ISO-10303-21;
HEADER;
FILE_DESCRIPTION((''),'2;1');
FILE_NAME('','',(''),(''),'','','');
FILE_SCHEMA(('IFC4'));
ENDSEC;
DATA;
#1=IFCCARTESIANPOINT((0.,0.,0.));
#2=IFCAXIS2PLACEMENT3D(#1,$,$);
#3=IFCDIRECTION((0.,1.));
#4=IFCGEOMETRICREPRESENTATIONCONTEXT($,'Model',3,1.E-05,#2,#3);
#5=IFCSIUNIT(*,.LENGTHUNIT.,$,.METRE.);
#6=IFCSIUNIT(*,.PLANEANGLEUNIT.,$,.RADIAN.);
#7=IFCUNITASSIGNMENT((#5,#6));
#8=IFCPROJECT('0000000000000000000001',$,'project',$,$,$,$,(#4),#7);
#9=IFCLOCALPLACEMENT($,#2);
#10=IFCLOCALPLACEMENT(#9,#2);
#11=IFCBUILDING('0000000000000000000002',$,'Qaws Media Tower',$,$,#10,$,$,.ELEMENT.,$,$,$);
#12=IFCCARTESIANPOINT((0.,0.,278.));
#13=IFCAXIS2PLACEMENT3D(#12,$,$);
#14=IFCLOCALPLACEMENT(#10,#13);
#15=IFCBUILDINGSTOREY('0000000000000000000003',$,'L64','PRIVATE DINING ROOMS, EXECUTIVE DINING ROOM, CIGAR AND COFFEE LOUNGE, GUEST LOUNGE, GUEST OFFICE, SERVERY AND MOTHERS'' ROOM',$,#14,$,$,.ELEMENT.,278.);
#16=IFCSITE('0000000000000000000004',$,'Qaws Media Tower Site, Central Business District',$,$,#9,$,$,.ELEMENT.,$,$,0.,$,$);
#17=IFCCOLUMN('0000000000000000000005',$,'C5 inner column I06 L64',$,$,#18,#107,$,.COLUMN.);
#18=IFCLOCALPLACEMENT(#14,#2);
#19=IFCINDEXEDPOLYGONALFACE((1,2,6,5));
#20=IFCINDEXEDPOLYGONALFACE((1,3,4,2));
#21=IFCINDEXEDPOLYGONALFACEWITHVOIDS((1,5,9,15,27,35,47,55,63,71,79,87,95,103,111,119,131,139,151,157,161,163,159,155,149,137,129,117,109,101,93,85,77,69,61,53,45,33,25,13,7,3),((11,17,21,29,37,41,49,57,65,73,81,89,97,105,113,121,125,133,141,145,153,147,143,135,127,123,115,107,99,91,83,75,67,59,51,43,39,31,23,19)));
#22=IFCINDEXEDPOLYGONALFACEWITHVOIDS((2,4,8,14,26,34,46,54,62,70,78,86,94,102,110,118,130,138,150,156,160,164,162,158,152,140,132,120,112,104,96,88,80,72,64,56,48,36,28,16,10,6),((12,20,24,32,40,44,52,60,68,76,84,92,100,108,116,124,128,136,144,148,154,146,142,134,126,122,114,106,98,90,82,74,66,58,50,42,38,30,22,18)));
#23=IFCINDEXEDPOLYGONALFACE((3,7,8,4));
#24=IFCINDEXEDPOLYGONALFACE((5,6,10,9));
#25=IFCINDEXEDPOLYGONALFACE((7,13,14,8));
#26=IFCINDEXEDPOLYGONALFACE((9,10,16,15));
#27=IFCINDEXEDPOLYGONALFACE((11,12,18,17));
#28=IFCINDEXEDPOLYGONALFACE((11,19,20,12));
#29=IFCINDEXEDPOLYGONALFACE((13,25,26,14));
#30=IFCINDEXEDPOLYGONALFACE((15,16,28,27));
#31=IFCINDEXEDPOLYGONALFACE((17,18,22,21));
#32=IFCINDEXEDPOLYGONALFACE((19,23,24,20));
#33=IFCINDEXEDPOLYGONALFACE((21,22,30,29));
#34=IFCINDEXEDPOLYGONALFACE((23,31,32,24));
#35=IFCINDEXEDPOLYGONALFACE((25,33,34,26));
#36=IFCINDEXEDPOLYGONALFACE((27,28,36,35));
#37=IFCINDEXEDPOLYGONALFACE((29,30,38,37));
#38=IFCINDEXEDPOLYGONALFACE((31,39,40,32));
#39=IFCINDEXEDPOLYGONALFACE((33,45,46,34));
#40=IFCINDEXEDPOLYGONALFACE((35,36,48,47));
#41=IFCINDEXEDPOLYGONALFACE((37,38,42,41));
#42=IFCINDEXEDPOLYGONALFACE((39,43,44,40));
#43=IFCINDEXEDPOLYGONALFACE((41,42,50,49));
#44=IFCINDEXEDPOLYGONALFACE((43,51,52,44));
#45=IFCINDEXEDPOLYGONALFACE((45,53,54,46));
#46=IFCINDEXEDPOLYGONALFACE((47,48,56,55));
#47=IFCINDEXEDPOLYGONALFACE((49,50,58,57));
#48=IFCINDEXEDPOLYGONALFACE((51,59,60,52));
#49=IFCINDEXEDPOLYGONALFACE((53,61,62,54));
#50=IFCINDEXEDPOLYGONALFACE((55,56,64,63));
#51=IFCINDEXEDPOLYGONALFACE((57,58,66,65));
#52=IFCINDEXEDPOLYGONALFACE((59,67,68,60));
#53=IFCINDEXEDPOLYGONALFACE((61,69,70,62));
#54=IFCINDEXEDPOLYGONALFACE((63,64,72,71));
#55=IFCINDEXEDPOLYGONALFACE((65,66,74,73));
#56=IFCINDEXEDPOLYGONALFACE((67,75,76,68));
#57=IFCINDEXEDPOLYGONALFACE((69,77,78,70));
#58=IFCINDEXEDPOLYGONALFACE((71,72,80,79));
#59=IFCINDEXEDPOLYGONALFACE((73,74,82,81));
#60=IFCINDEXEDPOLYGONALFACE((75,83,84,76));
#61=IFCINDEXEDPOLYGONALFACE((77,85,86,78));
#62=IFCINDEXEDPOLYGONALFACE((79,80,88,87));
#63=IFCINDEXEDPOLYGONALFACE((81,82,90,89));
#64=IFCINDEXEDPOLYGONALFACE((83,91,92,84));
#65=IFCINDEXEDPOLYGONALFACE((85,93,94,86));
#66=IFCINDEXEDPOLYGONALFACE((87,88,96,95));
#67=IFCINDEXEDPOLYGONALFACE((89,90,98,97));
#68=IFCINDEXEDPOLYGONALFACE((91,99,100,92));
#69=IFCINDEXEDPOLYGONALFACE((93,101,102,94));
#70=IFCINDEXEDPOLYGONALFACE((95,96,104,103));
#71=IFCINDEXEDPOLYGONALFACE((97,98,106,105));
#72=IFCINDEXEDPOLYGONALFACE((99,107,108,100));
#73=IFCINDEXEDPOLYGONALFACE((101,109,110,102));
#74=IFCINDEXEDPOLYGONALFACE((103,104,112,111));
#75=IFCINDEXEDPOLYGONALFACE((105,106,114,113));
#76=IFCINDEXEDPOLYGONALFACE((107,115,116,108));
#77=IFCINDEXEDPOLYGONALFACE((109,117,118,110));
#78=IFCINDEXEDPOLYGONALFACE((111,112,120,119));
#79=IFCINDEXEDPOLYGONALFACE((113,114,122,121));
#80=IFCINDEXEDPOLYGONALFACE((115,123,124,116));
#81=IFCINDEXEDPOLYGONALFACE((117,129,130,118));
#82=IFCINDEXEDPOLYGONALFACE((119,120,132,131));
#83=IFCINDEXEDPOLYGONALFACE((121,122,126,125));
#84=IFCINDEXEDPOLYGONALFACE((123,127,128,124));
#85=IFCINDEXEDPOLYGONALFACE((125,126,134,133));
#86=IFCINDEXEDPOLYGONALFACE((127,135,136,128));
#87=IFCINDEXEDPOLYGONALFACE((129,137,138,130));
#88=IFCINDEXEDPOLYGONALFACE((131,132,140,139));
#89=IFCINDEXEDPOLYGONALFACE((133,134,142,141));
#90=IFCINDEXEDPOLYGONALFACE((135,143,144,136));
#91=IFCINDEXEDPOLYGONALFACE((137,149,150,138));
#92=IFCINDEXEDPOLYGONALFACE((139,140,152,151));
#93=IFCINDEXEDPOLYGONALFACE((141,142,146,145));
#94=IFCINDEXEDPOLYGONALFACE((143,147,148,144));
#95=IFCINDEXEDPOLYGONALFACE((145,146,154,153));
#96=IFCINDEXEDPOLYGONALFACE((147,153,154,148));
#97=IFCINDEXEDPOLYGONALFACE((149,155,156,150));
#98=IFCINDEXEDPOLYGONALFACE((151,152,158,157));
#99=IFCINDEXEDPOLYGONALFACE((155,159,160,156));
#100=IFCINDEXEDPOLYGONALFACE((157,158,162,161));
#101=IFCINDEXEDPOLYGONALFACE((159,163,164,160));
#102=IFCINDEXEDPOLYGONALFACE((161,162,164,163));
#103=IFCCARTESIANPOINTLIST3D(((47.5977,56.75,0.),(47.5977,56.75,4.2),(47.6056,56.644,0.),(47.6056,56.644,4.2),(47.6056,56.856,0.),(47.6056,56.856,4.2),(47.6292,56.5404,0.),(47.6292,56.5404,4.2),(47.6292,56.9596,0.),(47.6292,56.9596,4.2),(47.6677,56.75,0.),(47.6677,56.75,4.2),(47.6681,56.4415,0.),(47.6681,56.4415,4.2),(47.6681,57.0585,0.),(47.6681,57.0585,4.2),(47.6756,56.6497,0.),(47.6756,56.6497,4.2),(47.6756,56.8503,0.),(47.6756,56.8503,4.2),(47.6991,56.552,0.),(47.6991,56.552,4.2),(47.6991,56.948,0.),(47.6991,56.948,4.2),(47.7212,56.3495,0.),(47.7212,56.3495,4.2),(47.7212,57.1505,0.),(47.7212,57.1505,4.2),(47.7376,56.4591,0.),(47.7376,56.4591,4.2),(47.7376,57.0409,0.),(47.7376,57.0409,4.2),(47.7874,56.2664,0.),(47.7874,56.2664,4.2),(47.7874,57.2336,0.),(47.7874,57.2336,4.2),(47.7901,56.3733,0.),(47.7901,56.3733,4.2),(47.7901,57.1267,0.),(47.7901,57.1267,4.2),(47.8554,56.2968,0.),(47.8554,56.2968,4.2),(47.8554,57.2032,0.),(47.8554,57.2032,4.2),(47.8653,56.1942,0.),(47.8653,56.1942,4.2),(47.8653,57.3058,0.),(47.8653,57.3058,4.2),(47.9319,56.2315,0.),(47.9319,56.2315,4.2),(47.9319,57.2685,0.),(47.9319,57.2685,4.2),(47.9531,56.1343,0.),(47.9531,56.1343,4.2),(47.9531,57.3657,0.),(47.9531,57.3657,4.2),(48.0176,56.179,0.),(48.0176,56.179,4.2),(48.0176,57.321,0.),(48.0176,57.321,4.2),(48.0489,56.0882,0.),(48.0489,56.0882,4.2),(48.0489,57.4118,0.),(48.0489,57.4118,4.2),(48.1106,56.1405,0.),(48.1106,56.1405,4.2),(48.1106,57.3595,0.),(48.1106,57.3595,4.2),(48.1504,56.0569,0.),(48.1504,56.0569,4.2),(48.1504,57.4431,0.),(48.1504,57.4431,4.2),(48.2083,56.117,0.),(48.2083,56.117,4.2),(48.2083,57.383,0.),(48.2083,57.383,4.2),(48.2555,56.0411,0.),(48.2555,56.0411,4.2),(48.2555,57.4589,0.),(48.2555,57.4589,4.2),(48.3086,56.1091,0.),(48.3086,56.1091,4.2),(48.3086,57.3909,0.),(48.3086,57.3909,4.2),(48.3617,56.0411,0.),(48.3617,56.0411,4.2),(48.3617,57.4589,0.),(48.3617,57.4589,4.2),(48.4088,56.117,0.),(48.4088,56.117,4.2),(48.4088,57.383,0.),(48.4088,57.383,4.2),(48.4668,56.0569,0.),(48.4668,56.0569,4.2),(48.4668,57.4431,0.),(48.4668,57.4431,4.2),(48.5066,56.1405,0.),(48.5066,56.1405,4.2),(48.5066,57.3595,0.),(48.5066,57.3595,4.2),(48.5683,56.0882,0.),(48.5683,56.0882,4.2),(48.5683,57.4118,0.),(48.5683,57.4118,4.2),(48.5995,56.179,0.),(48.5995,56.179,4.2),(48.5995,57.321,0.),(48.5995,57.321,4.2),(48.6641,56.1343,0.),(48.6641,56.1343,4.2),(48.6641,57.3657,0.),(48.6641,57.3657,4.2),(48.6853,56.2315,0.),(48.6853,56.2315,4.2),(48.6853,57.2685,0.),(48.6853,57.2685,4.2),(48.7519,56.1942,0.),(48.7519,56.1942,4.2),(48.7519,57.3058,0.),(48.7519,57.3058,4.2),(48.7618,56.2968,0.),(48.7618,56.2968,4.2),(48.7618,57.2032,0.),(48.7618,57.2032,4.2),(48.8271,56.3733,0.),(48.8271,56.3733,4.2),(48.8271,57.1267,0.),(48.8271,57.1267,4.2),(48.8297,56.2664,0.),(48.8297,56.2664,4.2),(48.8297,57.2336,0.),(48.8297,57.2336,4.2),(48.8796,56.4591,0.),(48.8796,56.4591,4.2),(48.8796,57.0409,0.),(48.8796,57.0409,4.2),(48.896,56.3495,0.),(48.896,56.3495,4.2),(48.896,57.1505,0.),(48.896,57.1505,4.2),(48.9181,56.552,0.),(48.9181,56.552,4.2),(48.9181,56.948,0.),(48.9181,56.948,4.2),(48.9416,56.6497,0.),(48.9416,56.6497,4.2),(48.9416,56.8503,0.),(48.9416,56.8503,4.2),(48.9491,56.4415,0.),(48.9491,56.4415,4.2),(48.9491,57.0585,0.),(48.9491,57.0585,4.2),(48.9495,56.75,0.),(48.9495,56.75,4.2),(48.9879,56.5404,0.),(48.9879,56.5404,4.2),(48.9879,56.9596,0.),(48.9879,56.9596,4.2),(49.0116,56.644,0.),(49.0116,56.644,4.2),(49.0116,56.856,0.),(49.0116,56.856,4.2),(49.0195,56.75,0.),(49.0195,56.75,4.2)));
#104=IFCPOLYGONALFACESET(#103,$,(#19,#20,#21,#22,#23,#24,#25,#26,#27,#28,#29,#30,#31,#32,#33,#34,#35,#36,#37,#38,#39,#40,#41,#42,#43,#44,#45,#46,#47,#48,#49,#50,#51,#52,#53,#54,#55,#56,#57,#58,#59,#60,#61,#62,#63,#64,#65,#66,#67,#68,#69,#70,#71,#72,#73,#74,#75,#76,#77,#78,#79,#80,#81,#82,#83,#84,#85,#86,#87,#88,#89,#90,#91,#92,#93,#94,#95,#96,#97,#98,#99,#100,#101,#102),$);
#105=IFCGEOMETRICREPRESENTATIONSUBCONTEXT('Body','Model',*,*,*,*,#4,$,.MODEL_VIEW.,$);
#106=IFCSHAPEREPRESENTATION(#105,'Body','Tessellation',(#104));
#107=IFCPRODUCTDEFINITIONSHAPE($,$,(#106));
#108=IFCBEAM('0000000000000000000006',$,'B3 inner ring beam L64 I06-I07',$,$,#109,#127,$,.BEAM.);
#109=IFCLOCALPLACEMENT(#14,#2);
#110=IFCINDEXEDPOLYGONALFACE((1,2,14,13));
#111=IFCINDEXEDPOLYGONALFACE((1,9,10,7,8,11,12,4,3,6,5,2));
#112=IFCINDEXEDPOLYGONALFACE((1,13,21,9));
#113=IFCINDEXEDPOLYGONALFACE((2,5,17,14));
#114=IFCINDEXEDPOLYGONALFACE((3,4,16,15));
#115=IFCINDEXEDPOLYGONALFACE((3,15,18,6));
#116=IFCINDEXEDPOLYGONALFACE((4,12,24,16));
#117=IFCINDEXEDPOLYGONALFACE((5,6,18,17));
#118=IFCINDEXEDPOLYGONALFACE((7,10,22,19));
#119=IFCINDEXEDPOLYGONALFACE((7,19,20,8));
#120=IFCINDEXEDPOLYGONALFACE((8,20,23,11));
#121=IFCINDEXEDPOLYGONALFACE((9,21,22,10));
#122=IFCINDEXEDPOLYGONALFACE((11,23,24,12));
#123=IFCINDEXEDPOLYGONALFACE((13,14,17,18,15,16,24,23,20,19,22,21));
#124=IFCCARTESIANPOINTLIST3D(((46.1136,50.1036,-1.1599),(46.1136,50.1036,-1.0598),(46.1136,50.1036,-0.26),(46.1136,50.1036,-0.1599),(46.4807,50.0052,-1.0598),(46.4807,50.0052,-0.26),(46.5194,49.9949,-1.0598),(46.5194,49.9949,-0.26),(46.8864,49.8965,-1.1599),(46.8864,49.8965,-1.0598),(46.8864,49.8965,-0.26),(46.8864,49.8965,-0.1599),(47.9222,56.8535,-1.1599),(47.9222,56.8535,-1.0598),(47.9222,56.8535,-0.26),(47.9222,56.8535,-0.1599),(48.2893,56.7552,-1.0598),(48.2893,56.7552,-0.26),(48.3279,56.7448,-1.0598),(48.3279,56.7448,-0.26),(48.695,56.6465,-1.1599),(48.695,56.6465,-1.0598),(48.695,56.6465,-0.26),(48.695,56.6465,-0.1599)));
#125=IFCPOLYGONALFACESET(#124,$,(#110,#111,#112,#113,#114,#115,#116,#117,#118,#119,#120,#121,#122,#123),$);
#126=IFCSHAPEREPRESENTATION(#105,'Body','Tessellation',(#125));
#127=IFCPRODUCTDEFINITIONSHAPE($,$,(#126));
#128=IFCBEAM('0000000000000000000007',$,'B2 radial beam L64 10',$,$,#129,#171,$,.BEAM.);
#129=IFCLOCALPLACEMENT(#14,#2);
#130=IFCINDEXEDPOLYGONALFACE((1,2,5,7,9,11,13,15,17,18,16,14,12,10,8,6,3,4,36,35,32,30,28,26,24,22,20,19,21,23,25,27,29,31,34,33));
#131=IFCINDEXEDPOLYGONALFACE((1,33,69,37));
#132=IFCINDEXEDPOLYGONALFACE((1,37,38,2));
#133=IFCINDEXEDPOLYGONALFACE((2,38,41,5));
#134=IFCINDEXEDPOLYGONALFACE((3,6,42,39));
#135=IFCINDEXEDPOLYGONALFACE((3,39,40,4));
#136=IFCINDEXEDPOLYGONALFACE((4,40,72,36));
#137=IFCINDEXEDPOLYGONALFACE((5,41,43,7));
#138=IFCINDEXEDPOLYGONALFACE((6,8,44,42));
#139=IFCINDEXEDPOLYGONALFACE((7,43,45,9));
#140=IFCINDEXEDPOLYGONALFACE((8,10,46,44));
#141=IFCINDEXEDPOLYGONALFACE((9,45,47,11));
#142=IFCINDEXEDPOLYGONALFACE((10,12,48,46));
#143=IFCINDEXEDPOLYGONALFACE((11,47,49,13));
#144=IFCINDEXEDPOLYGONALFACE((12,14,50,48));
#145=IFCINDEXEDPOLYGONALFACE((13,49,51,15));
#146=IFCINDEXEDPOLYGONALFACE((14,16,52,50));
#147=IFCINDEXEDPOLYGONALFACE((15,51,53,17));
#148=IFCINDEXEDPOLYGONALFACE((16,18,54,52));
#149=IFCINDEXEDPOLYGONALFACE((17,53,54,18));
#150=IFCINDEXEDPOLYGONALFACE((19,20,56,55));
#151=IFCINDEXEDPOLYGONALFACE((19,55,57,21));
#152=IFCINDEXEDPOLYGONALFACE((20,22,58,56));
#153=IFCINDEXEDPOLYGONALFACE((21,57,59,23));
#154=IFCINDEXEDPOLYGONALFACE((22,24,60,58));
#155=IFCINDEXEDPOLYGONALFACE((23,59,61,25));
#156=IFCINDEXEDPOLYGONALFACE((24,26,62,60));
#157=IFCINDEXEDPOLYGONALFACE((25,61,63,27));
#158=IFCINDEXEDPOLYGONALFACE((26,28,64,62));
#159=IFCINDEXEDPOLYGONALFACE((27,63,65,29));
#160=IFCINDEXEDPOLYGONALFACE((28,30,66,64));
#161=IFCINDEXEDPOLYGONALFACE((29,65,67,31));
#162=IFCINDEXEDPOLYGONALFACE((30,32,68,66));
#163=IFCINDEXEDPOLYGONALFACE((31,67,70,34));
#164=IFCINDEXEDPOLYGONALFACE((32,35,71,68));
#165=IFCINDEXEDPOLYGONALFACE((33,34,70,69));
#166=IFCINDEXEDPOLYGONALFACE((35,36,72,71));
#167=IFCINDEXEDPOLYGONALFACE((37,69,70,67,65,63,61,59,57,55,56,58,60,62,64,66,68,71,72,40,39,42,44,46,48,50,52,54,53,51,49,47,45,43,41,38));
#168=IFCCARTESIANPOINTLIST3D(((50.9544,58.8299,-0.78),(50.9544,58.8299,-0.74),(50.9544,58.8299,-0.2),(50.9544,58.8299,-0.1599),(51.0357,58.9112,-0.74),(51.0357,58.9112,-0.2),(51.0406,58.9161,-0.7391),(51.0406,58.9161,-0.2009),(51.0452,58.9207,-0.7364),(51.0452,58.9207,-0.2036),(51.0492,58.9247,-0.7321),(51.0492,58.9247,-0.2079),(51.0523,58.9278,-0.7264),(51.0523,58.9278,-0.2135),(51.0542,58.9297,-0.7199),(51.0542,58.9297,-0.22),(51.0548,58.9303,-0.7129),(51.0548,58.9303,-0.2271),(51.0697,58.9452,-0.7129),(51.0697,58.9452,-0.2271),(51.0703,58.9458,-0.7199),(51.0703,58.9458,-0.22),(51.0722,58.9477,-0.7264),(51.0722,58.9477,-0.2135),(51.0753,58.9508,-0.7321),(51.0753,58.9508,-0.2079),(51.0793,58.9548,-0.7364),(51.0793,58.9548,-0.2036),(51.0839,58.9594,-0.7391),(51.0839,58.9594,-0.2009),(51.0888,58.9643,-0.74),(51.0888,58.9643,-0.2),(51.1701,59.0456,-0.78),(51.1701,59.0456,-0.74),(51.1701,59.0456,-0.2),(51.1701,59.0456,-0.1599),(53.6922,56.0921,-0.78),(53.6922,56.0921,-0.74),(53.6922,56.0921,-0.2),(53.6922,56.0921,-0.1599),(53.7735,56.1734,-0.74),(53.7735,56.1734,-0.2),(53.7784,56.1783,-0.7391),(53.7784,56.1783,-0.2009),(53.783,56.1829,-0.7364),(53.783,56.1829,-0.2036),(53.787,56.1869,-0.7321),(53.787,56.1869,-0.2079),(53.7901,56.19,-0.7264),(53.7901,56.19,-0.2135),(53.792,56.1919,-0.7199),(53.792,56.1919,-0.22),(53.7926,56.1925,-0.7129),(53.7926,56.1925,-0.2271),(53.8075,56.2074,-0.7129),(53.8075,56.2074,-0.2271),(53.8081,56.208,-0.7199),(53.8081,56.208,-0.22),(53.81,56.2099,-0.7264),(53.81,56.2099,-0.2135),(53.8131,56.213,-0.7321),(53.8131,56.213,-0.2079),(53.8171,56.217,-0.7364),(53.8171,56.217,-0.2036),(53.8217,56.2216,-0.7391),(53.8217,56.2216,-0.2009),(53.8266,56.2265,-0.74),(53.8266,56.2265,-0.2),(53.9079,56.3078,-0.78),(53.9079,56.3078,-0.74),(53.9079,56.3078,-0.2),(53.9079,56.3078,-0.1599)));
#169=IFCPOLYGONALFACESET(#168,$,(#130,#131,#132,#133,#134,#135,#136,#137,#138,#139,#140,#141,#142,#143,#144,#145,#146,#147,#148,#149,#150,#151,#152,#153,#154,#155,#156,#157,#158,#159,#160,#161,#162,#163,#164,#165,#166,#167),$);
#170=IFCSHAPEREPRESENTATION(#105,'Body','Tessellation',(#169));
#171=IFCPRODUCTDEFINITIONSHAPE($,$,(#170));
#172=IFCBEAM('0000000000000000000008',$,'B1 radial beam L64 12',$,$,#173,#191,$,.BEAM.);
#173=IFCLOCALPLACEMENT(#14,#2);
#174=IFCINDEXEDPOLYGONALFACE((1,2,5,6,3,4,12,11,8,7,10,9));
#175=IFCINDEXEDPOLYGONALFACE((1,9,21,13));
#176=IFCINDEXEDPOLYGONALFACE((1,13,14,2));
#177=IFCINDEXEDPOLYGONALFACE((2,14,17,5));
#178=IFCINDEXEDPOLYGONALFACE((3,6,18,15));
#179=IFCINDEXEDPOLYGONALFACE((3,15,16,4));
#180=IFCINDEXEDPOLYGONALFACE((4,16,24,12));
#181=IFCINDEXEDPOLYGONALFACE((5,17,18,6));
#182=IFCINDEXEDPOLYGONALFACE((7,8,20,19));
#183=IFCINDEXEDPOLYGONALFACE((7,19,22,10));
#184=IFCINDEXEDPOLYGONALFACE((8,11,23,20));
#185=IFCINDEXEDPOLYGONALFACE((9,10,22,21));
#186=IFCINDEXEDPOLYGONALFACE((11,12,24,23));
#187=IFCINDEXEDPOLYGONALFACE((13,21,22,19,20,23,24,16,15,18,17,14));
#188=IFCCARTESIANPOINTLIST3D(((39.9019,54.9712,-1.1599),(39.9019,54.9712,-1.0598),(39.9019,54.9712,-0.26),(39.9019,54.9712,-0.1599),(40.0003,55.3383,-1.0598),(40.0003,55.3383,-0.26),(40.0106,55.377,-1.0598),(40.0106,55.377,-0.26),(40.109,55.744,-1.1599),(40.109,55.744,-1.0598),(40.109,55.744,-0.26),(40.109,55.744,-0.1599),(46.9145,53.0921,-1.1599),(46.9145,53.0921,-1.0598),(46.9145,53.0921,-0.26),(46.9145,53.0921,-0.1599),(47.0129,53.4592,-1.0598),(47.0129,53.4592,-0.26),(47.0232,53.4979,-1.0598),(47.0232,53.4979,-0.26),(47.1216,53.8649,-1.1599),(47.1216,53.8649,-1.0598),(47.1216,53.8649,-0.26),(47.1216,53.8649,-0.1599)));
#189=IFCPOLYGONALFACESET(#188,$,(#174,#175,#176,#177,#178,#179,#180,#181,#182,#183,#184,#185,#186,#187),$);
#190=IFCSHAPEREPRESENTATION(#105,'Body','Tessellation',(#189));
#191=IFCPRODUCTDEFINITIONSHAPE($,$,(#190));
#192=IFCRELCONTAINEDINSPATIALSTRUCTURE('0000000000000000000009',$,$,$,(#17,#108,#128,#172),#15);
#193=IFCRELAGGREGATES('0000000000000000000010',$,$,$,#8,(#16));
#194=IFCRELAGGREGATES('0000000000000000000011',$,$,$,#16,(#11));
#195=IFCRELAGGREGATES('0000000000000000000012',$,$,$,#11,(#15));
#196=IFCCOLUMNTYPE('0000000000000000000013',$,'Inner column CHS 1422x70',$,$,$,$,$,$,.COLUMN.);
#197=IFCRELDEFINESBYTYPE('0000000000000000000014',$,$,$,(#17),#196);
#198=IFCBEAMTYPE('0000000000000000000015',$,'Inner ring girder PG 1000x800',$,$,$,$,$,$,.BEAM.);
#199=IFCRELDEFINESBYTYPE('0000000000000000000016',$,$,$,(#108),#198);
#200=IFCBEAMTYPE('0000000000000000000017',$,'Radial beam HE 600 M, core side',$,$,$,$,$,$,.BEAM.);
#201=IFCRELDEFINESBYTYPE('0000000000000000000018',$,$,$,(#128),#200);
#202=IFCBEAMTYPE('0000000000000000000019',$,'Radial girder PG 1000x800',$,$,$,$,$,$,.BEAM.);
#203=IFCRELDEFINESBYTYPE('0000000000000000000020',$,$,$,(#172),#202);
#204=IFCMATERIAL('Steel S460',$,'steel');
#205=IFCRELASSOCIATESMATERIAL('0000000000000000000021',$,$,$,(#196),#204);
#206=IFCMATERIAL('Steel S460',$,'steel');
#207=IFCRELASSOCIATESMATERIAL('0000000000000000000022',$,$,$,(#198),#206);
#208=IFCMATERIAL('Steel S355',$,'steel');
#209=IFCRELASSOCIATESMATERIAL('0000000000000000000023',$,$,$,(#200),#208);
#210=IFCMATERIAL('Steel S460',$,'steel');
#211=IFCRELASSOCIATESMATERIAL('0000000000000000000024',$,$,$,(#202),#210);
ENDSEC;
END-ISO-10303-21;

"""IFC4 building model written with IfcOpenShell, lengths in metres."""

from ifc_helpers import new_model, si_unit, direction, frame, origin, origin_2d, place, context, subcontext, project, spatial, hollow_circle, i_section, extrude, material, material_profile, profile_set, type_object, element, save


model = new_model("IFC4")

# Units and contexts
model_context = context("Model", 3, precision=1e-05, world=origin(), true_north=direction((0.0, 1.0)))
body_context = subcontext(model_context, "Body", "Model", "MODEL_VIEW")
ifc_project = project(units=[si_unit("LENGTHUNIT", "METRE"), si_unit("PLANEANGLEUNIT", "RADIAN")], contexts=[model_context])

# Site, building, storey
site_placement = place(None, origin())
site = spatial("IfcSite", under=ifc_project, at=site_placement, Name="Qaws Media Tower Site, Central Business District", CompositionType="ELEMENT", RefElevation=0.0)
building_placement = place(site_placement, origin())
building = spatial("IfcBuilding", under=site, at=building_placement, Name="Qaws Media Tower", CompositionType="ELEMENT")
storey_placement = place(building_placement, frame((0.0, 0.0, 278.0)))
storey = spatial("IfcBuildingStorey", under=building, at=storey_placement, Name="L64", Description="PRIVATE DINING ROOMS, EXECUTIVE DINING ROOM, CIGAR AND COFFEE LOUNGE, GUEST LOUNGE, GUEST OFFICE, SERVERY AND MOTHERS' ROOM", CompositionType="ELEMENT", Elevation=278.0)

# Column
ifc_material_1 = material(Name="Steel S460", Category="steel")
ifc_material_profile_1 = material_profile(ifc_material_1, hollow_circle(Radius=0.7109, WallThickness=0.0701, at=origin_2d()), Name="CHS 1422x70")
ifc_profile_set_1 = profile_set([ifc_material_profile_1], Name="Steel S460")
column_type = type_object("IfcColumnType", Name="Inner column CHS 1422x70", PredefinedType="COLUMN", material=ifc_profile_set_1)
column_placement = place(storey_placement, frame((48.3086, 56.75, 0.0), z_axis=(0.0, 0.0, 1.0), x_axis=(1.0, 0.0, 0.0)))
element("IfcColumn", 1, at=column_placement, inside=storey, type_object=column_type, Name="C5 inner column I06 L64", PredefinedType="COLUMN", context=body_context, shape_type="SweptSolid", body=[
    extrude(hollow_circle(Radius=0.7109, WallThickness=0.0701, at=origin_2d()), origin(), (0.0, 0.0, 1.0), 4.2),
])

# Beams
ifc_material_2 = material(Name="Steel S460", Category="steel")
ifc_material_profile_2 = material_profile(ifc_material_2, i_section(OverallWidth=0.8, OverallDepth=1.0, WebThickness=0.04, FlangeThickness=0.1001, at=origin_2d()), Name="PG 1000x800")
ifc_profile_set_2 = profile_set([ifc_material_profile_2], Name="Steel S460")
beam_type_1 = type_object("IfcBeamType", Name="Inner ring girder PG 1000x800", PredefinedType="BEAM", material=ifc_profile_set_2)
beam_1_placement = place(storey_placement, frame((48.3086, 56.75, -0.6599), z_axis=(-0.258811, -0.965928, 0.0), x_axis=(0.965928, -0.258811, 0.0)))
element("IfcBeam", 2, at=beam_1_placement, inside=storey, type_object=beam_type_1, Name="B3 inner ring beam L64 I06-I07", PredefinedType="BEAM", context=body_context, shape_type="SweptSolid", body=[
    extrude(i_section(OverallWidth=0.8, OverallDepth=1.0, WebThickness=0.04, FlangeThickness=0.1001, at=origin_2d()), origin(), (0.0, 0.0, 1.0), 6.988),
])
ifc_material_3 = material(Name="Steel S355", Category="steel")
ifc_material_profile_3 = material_profile(ifc_material_3, i_section(OverallWidth=0.3049, OverallDepth=0.6201, WebThickness=0.021, FlangeThickness=0.04, FilletRadius=0.0271, at=origin_2d()), Name="HE 600 M")
ifc_profile_set_3 = profile_set([ifc_material_profile_3], Name="Steel S355")
beam_type_2 = type_object("IfcBeamType", Name="Radial beam HE 600 M, core side", PredefinedType="BEAM", material=ifc_profile_set_3)
beam_2_placement = place(storey_placement, frame((53.8, 56.2, -0.47), z_axis=(-0.707107, 0.707107, 0.0), x_axis=(-0.707107, -0.707107, 0.0)))
element("IfcBeam", 3, at=beam_2_placement, inside=storey, type_object=beam_type_2, Name="B2 radial beam L64 10", PredefinedType="BEAM", context=body_context, shape_type="SweptSolid", body=[
    extrude(i_section(OverallWidth=0.3049, OverallDepth=0.6201, WebThickness=0.021, FlangeThickness=0.04, FilletRadius=0.0271, at=origin_2d()), origin(), (0.0, 0.0, 1.0), 3.8718),
])
ifc_material_4 = material(Name="Steel S460", Category="steel")
ifc_material_profile_4 = material_profile(ifc_material_4, i_section(OverallWidth=0.8, OverallDepth=1.0, WebThickness=0.04, FlangeThickness=0.1001, at=origin_2d()), Name="PG 1000x800")
ifc_profile_set_4 = profile_set([ifc_material_profile_4], Name="Steel S460")
beam_type_3 = type_object("IfcBeamType", Name="Radial girder PG 1000x800", PredefinedType="BEAM", material=ifc_profile_set_4)
beam_3_placement = place(storey_placement, frame((47.0181, 53.4785, -0.6599), z_axis=(-0.965922, 0.258832, 0.0), x_axis=(-0.258832, -0.965922, 0.0)))
element("IfcBeam", 4, at=beam_3_placement, inside=storey, type_object=beam_type_3, Name="B1 radial beam L64 12", PredefinedType="BEAM", context=body_context, shape_type="SweptSolid", body=[
    extrude(i_section(OverallWidth=0.8, OverallDepth=1.0, WebThickness=0.04, FlangeThickness=0.1001, at=origin_2d()), origin(), (0.0, 0.0, 1.0), 7.26),
])

save(model, "model.ifc")
